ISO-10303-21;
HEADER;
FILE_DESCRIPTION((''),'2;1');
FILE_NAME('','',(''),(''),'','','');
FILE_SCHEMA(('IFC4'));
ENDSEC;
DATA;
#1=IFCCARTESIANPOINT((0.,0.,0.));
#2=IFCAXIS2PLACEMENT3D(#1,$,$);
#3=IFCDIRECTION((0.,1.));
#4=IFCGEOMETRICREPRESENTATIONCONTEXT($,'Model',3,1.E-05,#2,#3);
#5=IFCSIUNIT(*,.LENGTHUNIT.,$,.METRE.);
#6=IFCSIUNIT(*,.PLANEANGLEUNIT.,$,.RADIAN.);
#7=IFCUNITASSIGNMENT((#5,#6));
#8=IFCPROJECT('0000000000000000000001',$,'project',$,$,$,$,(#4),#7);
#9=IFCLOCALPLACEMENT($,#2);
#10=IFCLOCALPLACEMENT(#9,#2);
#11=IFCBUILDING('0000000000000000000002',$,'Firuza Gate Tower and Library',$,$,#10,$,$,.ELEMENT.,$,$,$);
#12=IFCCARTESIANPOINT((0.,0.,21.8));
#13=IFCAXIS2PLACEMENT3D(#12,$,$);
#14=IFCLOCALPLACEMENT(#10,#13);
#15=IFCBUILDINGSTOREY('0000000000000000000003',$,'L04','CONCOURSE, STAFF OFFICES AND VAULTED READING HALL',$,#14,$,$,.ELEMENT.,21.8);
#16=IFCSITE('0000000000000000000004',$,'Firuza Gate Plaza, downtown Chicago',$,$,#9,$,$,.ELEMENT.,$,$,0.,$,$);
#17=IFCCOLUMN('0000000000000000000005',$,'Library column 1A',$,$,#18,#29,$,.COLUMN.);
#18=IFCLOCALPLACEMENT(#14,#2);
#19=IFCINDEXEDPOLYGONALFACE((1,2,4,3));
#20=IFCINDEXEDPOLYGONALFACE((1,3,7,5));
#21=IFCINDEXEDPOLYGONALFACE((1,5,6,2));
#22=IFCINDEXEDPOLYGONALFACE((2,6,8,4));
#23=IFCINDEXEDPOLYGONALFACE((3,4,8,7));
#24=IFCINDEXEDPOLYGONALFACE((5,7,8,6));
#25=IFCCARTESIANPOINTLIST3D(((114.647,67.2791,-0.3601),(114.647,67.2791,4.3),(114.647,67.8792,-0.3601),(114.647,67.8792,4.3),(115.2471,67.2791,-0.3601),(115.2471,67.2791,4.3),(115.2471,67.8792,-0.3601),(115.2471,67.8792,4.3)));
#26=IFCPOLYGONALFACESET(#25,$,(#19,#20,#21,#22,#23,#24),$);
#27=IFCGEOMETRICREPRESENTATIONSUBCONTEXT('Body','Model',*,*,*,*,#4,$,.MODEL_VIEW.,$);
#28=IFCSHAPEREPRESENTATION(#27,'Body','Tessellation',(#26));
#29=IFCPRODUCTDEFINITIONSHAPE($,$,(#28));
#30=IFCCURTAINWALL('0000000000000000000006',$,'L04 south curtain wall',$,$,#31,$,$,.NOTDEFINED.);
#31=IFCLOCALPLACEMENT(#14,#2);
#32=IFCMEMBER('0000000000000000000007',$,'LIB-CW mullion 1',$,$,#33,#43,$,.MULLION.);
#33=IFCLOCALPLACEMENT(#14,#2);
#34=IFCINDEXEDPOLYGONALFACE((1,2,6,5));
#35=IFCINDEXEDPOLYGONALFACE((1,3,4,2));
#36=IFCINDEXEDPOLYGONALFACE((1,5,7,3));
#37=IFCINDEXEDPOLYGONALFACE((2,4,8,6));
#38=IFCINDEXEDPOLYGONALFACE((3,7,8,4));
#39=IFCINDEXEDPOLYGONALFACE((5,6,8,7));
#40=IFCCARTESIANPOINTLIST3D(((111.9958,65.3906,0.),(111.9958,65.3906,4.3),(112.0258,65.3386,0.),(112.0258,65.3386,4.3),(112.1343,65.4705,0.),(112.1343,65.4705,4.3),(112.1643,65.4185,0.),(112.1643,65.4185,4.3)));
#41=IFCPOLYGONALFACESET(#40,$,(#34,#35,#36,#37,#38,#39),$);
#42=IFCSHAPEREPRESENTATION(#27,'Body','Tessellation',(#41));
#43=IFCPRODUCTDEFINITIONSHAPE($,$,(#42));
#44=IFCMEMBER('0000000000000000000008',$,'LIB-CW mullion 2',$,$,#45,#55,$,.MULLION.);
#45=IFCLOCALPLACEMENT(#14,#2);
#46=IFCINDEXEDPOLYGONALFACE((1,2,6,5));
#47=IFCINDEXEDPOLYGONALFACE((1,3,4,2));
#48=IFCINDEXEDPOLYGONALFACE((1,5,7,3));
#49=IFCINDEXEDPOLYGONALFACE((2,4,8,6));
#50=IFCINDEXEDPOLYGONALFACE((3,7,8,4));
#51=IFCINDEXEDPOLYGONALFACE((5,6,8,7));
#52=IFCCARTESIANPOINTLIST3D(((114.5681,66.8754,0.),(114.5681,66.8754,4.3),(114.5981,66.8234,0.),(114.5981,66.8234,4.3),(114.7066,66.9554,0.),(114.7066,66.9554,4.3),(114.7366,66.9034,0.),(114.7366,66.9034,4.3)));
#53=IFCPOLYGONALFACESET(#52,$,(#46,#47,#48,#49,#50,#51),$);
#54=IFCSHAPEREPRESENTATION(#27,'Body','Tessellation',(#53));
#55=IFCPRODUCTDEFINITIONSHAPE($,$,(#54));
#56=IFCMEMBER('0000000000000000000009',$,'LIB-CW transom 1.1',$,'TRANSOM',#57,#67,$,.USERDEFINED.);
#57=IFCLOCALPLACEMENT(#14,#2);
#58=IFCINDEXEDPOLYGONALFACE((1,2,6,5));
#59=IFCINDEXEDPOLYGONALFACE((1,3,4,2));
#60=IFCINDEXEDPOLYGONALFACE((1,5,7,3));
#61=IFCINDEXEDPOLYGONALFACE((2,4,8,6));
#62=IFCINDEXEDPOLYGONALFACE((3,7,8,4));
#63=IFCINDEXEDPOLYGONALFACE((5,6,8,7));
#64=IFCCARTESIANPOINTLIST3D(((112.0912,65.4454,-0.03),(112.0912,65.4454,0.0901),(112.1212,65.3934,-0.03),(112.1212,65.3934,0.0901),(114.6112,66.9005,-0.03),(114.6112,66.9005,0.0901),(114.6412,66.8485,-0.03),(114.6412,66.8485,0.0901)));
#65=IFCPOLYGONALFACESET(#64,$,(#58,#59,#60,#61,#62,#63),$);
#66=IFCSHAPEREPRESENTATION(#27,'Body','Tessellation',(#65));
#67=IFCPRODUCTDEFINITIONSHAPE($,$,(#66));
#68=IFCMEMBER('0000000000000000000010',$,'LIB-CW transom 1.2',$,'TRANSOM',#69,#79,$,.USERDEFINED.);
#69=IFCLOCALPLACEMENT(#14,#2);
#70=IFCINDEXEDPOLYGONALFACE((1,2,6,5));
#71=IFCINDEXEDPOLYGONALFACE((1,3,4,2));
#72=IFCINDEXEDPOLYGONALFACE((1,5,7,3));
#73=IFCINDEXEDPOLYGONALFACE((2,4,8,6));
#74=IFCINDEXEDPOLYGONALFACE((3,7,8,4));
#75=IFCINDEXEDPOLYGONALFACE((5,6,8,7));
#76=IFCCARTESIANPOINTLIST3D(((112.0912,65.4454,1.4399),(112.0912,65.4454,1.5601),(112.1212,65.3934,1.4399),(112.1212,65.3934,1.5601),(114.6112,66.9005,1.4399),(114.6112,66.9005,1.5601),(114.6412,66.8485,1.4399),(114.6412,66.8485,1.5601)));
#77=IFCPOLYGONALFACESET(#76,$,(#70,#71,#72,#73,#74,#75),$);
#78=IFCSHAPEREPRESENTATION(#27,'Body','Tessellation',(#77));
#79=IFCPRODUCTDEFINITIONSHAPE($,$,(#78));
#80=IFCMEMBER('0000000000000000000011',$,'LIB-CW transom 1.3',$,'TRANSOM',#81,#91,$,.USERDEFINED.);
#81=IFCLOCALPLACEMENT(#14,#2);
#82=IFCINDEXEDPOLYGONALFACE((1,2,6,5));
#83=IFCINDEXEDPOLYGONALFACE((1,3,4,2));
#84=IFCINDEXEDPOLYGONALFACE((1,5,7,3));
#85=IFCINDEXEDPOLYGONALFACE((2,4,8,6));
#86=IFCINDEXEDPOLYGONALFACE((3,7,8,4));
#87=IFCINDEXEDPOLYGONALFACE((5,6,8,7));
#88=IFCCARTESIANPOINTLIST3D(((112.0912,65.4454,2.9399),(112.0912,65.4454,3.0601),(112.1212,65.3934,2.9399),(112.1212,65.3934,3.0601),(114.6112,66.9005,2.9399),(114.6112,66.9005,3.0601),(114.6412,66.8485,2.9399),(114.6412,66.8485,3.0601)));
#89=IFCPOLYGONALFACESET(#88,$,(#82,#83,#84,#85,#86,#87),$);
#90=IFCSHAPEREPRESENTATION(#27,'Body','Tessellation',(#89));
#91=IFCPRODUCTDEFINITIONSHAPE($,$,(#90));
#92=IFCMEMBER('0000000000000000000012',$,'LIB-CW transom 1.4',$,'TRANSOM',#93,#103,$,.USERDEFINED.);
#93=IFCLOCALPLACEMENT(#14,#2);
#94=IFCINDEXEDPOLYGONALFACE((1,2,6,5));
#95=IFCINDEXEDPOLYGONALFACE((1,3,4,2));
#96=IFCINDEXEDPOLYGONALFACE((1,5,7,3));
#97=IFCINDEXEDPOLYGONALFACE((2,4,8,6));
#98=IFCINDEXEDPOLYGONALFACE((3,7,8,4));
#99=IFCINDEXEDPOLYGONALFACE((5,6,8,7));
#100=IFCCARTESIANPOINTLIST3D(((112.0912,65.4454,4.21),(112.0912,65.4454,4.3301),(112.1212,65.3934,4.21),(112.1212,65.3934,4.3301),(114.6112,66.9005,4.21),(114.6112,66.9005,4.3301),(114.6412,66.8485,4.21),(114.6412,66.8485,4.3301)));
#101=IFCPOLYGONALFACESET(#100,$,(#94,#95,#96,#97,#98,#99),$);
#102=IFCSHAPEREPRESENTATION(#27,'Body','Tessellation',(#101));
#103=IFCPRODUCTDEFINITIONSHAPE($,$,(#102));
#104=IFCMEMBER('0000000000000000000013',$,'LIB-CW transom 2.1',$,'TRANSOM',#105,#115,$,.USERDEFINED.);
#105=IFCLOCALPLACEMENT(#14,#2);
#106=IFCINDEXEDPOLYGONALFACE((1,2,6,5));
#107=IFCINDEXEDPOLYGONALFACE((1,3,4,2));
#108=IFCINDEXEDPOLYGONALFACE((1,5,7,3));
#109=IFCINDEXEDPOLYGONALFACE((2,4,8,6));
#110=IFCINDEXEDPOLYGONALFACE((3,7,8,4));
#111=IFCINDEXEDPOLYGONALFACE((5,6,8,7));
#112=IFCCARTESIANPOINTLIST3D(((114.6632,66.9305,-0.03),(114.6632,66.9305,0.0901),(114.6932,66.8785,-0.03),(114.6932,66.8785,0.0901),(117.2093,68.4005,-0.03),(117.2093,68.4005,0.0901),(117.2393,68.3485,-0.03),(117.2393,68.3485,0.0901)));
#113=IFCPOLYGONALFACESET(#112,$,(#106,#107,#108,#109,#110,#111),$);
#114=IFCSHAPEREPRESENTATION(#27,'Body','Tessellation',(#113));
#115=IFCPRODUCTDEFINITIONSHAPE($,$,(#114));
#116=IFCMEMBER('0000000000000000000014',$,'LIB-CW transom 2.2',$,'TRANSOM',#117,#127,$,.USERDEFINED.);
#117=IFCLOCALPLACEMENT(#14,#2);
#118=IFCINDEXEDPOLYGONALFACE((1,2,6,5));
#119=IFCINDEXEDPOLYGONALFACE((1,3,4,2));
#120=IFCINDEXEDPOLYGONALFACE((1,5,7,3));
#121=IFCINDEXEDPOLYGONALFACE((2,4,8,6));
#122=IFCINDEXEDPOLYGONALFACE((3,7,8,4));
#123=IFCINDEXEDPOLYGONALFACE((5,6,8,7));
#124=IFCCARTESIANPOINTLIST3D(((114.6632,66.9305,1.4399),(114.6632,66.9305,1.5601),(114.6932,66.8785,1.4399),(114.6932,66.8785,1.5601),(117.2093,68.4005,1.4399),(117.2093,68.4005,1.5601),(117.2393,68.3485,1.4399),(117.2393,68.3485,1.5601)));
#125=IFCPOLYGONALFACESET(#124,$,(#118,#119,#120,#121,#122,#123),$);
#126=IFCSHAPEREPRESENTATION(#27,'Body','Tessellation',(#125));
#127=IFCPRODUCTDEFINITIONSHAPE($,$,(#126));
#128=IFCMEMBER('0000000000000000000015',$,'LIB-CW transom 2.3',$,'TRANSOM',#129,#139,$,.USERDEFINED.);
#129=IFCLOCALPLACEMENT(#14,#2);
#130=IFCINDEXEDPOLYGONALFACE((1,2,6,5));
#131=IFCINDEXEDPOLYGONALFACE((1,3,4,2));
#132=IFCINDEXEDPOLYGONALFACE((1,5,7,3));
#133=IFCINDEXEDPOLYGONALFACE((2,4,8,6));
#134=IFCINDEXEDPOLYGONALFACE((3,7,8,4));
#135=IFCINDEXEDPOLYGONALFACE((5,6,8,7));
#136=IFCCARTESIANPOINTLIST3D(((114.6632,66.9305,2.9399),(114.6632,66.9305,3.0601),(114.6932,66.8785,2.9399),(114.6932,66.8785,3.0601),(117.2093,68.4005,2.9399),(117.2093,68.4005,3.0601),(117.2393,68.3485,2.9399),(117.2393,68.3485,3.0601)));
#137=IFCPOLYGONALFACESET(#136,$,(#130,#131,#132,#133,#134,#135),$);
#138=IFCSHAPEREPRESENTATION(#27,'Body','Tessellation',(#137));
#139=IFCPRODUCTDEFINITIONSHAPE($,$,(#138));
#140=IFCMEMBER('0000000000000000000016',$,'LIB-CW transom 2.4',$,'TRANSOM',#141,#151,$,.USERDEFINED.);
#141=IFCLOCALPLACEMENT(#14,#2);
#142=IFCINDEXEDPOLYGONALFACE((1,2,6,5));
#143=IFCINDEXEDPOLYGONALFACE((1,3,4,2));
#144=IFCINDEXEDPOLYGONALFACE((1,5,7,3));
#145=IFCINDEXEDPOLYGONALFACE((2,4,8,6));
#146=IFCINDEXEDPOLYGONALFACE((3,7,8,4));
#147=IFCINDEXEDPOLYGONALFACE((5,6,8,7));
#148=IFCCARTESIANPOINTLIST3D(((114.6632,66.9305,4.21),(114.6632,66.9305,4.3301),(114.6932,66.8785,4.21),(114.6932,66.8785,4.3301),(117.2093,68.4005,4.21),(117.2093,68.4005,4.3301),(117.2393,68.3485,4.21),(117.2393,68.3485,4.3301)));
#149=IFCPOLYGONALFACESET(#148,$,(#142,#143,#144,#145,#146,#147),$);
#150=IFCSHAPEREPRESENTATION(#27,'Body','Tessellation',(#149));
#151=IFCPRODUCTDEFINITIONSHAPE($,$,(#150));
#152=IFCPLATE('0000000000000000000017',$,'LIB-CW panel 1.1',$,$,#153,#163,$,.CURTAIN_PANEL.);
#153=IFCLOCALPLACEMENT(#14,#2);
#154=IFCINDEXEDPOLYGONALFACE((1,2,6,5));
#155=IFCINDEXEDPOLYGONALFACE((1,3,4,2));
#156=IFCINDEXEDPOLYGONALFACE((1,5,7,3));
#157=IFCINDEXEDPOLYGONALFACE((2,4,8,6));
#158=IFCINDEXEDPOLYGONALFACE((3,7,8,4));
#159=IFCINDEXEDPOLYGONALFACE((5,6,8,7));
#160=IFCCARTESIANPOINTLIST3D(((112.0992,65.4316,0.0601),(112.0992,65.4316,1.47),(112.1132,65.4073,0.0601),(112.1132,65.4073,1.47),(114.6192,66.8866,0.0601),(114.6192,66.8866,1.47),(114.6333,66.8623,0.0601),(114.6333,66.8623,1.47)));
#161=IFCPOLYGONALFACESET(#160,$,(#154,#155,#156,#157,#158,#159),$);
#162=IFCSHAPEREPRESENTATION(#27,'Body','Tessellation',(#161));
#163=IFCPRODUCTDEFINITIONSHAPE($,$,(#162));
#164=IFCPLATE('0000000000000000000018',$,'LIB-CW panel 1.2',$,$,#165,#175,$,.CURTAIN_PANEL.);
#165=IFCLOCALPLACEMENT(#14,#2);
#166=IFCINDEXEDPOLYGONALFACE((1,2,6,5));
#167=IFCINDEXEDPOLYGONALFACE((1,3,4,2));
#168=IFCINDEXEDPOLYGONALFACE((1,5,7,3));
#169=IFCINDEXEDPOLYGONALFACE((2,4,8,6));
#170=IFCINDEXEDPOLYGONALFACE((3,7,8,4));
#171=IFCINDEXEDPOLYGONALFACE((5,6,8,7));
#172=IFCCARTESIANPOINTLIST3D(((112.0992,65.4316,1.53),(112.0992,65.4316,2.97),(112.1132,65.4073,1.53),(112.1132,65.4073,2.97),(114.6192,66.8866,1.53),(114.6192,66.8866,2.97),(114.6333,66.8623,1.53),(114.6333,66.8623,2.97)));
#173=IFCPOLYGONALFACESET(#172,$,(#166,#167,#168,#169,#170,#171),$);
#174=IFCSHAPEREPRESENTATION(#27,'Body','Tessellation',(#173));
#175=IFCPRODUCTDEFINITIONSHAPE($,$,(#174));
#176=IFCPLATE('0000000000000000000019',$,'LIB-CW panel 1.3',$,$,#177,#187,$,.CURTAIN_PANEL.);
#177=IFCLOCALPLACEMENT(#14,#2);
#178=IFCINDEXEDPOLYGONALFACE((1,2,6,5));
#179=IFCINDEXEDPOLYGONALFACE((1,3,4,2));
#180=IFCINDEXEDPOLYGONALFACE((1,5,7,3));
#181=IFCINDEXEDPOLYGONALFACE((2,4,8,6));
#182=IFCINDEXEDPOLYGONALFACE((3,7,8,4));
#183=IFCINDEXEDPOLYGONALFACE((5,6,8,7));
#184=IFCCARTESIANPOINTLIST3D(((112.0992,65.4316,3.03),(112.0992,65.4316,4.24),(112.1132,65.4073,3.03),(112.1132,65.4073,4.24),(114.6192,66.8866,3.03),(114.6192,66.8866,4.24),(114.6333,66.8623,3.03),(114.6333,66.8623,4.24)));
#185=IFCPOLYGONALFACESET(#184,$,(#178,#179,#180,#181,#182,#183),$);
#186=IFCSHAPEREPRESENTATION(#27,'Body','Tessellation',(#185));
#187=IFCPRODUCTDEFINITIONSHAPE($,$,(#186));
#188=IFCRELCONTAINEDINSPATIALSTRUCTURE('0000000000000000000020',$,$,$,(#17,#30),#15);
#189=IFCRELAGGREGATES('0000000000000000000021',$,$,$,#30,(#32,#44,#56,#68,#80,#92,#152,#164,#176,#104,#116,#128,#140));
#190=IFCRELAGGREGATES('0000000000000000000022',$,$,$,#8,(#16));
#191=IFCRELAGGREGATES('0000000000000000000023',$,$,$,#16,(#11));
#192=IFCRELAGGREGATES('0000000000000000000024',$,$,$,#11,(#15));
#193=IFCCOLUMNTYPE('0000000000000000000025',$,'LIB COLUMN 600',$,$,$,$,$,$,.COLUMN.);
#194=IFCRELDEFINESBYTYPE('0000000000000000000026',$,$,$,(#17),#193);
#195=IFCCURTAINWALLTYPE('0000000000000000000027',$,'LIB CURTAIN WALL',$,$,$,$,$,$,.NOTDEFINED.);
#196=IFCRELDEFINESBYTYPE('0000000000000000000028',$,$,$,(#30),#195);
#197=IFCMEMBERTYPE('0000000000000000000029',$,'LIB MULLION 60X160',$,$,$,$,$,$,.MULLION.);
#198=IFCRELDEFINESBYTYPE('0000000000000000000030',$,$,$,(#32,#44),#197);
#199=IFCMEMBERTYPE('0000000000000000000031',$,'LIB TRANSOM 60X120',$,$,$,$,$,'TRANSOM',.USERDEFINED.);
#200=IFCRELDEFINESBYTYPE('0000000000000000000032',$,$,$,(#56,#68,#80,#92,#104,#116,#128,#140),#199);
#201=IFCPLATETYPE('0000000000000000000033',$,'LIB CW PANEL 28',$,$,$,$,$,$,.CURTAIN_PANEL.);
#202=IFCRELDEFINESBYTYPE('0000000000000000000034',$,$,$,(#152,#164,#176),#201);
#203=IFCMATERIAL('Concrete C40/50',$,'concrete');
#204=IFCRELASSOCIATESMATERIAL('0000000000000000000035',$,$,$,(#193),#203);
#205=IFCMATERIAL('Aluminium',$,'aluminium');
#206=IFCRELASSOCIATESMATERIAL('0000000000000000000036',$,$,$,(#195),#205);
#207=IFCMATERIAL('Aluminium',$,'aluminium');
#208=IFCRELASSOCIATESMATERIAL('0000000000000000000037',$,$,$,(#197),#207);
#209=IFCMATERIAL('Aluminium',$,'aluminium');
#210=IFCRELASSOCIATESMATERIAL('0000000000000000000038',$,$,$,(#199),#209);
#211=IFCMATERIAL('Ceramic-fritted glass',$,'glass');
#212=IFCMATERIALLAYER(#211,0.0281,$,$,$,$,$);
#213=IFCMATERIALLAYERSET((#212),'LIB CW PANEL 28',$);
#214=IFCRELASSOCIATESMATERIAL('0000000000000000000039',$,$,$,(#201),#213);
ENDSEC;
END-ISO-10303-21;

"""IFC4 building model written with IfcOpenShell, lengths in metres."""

from ifc_helpers import new_model, si_unit, direction, frame, origin, origin_2d, place, context, subcontext, project, spatial, rectangle, extrude, material, layer, layer_set, material_profile, profile_set, type_object, element, aggregate, save


model = new_model("IFC4")

# Units and contexts
model_context = context("Model", 3, precision=1e-05, world=origin(), true_north=direction((0.0, 1.0)))
body_context = subcontext(model_context, "Body", "Model", "MODEL_VIEW")
ifc_project = project(units=[si_unit("LENGTHUNIT", "METRE"), si_unit("PLANEANGLEUNIT", "RADIAN")], contexts=[model_context])

# Site, building, storey
site_placement = place(None, origin())
site = spatial("IfcSite", under=ifc_project, at=site_placement, Name="Firuza Gate Plaza, downtown Chicago", CompositionType="ELEMENT", RefElevation=0.0)
building_placement = place(site_placement, origin())
building = spatial("IfcBuilding", under=site, at=building_placement, Name="Firuza Gate Tower and Library", CompositionType="ELEMENT")
storey_placement = place(building_placement, frame((0.0, 0.0, 21.8)))
storey = spatial("IfcBuildingStorey", under=building, at=storey_placement, Name="L04", Description="CONCOURSE, STAFF OFFICES AND VAULTED READING HALL", CompositionType="ELEMENT", Elevation=21.8)

# Column
ifc_material_1 = material(Name="Concrete C40/50", Category="concrete")
ifc_material_profile_1 = material_profile(ifc_material_1, rectangle(XDim=0.6001, YDim=0.6001, at=origin_2d()))
ifc_profile_set_1 = profile_set([ifc_material_profile_1], Name="Concrete C40/50")
column_type = type_object("IfcColumnType", Name="LIB COLUMN 600", PredefinedType="COLUMN", material=ifc_profile_set_1)
column_placement = place(storey_placement, frame((114.947, 67.5791, -0.3601), z_axis=(0.0, 0.0, 1.0), x_axis=(1.0, 0.0, 0.0)))
element("IfcColumn", 1, at=column_placement, inside=storey, type_object=column_type, Name="Library column 1A", PredefinedType="COLUMN", context=body_context, shape_type="SweptSolid", body=[
    extrude(rectangle(XDim=0.6001, YDim=0.6001, at=origin_2d()), origin(), (0.0, 0.0, 1.0), 4.6602),
])

# Curtain wall, members, plates
ifc_material_2 = material(Name="Aluminium", Category="aluminium")
curtain_wall_type = type_object("IfcCurtainWallType", Name="LIB CURTAIN WALL", PredefinedType="NOTDEFINED", material=ifc_material_2)
curtain_wall_placement = place(storey_placement, origin())
curtain_wall = element("IfcCurtainWall", 2, at=curtain_wall_placement, inside=storey, type_object=curtain_wall_type, Name="L04 south curtain wall", PredefinedType="NOTDEFINED")
ifc_material_3 = material(Name="Aluminium", Category="aluminium")
ifc_material_profile_2 = material_profile(ifc_material_3, rectangle(XDim=0.0601, YDim=0.1599, at=origin_2d()))
ifc_profile_set_2 = profile_set([ifc_material_profile_2], Name="Aluminium")
member_type_1 = type_object("IfcMemberType", Name="LIB MULLION 60X160", PredefinedType="MULLION", material=ifc_profile_set_2)
member_1_placement = place(storey_placement, frame((112.0801, 65.4045, 0.0), z_axis=(0.0, 0.0, 1.0), x_axis=(-0.500001, 0.866025, 0.0)))
member_1 = element("IfcMember", 3, at=member_1_placement, type_object=member_type_1, Name="LIB-CW mullion 1", PredefinedType="MULLION", context=body_context, shape_type="SweptSolid", body=[
    extrude(rectangle(XDim=0.0601, YDim=0.1599, at=origin_2d()), origin(), (0.0, 0.0, 1.0), 4.3),
])
member_2_placement = place(storey_placement, frame((114.6523, 66.8894, 0.0), z_axis=(0.0, 0.0, 1.0), x_axis=(-0.500001, 0.866025, 0.0)))
member_2 = element("IfcMember", 4, at=member_2_placement, type_object=member_type_1, Name="LIB-CW mullion 2", PredefinedType="MULLION", context=body_context, shape_type="SweptSolid", body=[
    extrude(rectangle(XDim=0.0601, YDim=0.1599, at=origin_2d()), origin(), (0.0, 0.0, 1.0), 4.3),
])
ifc_material_4 = material(Name="Aluminium", Category="aluminium")
ifc_material_profile_3 = material_profile(ifc_material_4, rectangle(XDim=0.0601, YDim=0.1201, at=origin_2d()))
ifc_profile_set_3 = profile_set([ifc_material_profile_3], Name="Aluminium")
member_type_2 = type_object("IfcMemberType", Name="LIB TRANSOM 60X120", ElementType="TRANSOM", PredefinedType="USERDEFINED", material=ifc_profile_set_3)
member_3_placement = place(storey_placement, frame((112.1062, 65.4194, 0.03), z_axis=(0.866004, 0.500037, 0.0), x_axis=(-0.500037, 0.866004, 0.0)))
member_3 = element("IfcMember", 5, at=member_3_placement, type_object=member_type_2, Name="LIB-CW transom 1.1", ObjectType="TRANSOM", PredefinedType="USERDEFINED", context=body_context, shape_type="SweptSolid", body=[
    extrude(rectangle(XDim=0.0601, YDim=0.1201, at=origin_2d()), origin(), (0.0, 0.0, 1.0), 2.9099),
])
member_4_placement = place(storey_placement, frame((112.1062, 65.4194, 1.5), z_axis=(0.866004, 0.500037, 0.0), x_axis=(-0.500037, 0.866004, 0.0)))
member_4 = element("IfcMember", 6, at=member_4_placement, type_object=member_type_2, Name="LIB-CW transom 1.2", ObjectType="TRANSOM", PredefinedType="USERDEFINED", context=body_context, shape_type="SweptSolid", body=[
    extrude(rectangle(XDim=0.0601, YDim=0.1201, at=origin_2d()), origin(), (0.0, 0.0, 1.0), 2.9099),
])
member_5_placement = place(storey_placement, frame((112.1062, 65.4194, 3.0), z_axis=(0.866004, 0.500037, 0.0), x_axis=(-0.500037, 0.866004, 0.0)))
member_5 = element("IfcMember", 7, at=member_5_placement, type_object=member_type_2, Name="LIB-CW transom 1.3", ObjectType="TRANSOM", PredefinedType="USERDEFINED", context=body_context, shape_type="SweptSolid", body=[
    extrude(rectangle(XDim=0.0601, YDim=0.1201, at=origin_2d()), origin(), (0.0, 0.0, 1.0), 2.9099),
])
member_6_placement = place(storey_placement, frame((112.1062, 65.4194, 4.27), z_axis=(0.866004, 0.500037, 0.0), x_axis=(-0.500037, 0.866004, 0.0)))
member_6 = element("IfcMember", 8, at=member_6_placement, type_object=member_type_2, Name="LIB-CW transom 1.4", ObjectType="TRANSOM", PredefinedType="USERDEFINED", context=body_context, shape_type="SweptSolid", body=[
    extrude(rectangle(XDim=0.0601, YDim=0.1201, at=origin_2d()), origin(), (0.0, 0.0, 1.0), 2.9099),
])
member_7_placement = place(storey_placement, frame((114.6782, 66.9045, 0.03), z_axis=(0.866032, 0.499988, 0.0), x_axis=(-0.499988, 0.866032, 0.0)))
member_7 = element("IfcMember", 9, at=member_7_placement, type_object=member_type_2, Name="LIB-CW transom 2.1", ObjectType="TRANSOM", PredefinedType="USERDEFINED", context=body_context, shape_type="SweptSolid", body=[
    extrude(rectangle(XDim=0.0601, YDim=0.1201, at=origin_2d()), origin(), (0.0, 0.0, 1.0), 2.9399),
])
member_8_placement = place(storey_placement, frame((114.6782, 66.9045, 1.5), z_axis=(0.866032, 0.499988, 0.0), x_axis=(-0.499988, 0.866032, 0.0)))
member_8 = element("IfcMember", 10, at=member_8_placement, type_object=member_type_2, Name="LIB-CW transom 2.2", ObjectType="TRANSOM", PredefinedType="USERDEFINED", context=body_context, shape_type="SweptSolid", body=[
    extrude(rectangle(XDim=0.0601, YDim=0.1201, at=origin_2d()), origin(), (0.0, 0.0, 1.0), 2.9399),
])
member_9_placement = place(storey_placement, frame((114.6782, 66.9045, 3.0), z_axis=(0.866032, 0.499988, 0.0), x_axis=(-0.499988, 0.866032, 0.0)))
member_9 = element("IfcMember", 11, at=member_9_placement, type_object=member_type_2, Name="LIB-CW transom 2.3", ObjectType="TRANSOM", PredefinedType="USERDEFINED", context=body_context, shape_type="SweptSolid", body=[
    extrude(rectangle(XDim=0.0601, YDim=0.1201, at=origin_2d()), origin(), (0.0, 0.0, 1.0), 2.9399),
])
member_10_placement = place(storey_placement, frame((114.6782, 66.9045, 4.27), z_axis=(0.866032, 0.499988, 0.0), x_axis=(-0.499988, 0.866032, 0.0)))
member_10 = element("IfcMember", 12, at=member_10_placement, type_object=member_type_2, Name="LIB-CW transom 2.4", ObjectType="TRANSOM", PredefinedType="USERDEFINED", context=body_context, shape_type="SweptSolid", body=[
    extrude(rectangle(XDim=0.0601, YDim=0.1201, at=origin_2d()), origin(), (0.0, 0.0, 1.0), 2.9399),
])
ifc_material_5 = material(Name="Ceramic-fritted glass", Category="glass")
ifc_layer_1 = layer(ifc_material_5, 0.0281)
ifc_layer_set_1 = layer_set([ifc_layer_1], Name="LIB CW PANEL 28")
plate_type = type_object("IfcPlateType", Name="LIB CW PANEL 28", PredefinedType="CURTAIN_PANEL", material=ifc_layer_set_1)
plate_1_placement = place(storey_placement, frame((113.3662, 66.147, 0.0601), z_axis=(0.0, 0.0, 1.0), x_axis=(0.866025, 0.500001, 0.0)))
plate_1 = element("IfcPlate", 13, at=plate_1_placement, type_object=plate_type, Name="LIB-CW panel 1.1", PredefinedType="CURTAIN_PANEL", context=body_context, shape_type="SweptSolid", body=[
    extrude(rectangle(XDim=2.9099, YDim=0.0281, at=origin_2d()), origin(), (0.0, 0.0, 1.0), 1.4099),
])
plate_2_placement = place(storey_placement, frame((113.3662, 66.147, 1.53), z_axis=(0.0, 0.0, 1.0), x_axis=(0.866025, 0.500001, 0.0)))
plate_2 = element("IfcPlate", 14, at=plate_2_placement, type_object=plate_type, Name="LIB-CW panel 1.2", PredefinedType="CURTAIN_PANEL", context=body_context, shape_type="SweptSolid", body=[
    extrude(rectangle(XDim=2.9099, YDim=0.0281, at=origin_2d()), origin(), (0.0, 0.0, 1.0), 1.4399),
])
plate_3_placement = place(storey_placement, frame((113.3662, 66.147, 3.03), z_axis=(0.0, 0.0, 1.0), x_axis=(0.866025, 0.500001, 0.0)))
plate_3 = element("IfcPlate", 15, at=plate_3_placement, type_object=plate_type, Name="LIB-CW panel 1.3", PredefinedType="CURTAIN_PANEL", context=body_context, shape_type="SweptSolid", body=[
    extrude(rectangle(XDim=2.9099, YDim=0.0281, at=origin_2d()), origin(), (0.0, 0.0, 1.0), 1.21),
])
aggregate(curtain_wall, [member_1, member_2, member_3, member_4, member_5, member_6, plate_1, plate_2, plate_3, member_7, member_8, member_9, member_10])

save(model, "model.ifc")
